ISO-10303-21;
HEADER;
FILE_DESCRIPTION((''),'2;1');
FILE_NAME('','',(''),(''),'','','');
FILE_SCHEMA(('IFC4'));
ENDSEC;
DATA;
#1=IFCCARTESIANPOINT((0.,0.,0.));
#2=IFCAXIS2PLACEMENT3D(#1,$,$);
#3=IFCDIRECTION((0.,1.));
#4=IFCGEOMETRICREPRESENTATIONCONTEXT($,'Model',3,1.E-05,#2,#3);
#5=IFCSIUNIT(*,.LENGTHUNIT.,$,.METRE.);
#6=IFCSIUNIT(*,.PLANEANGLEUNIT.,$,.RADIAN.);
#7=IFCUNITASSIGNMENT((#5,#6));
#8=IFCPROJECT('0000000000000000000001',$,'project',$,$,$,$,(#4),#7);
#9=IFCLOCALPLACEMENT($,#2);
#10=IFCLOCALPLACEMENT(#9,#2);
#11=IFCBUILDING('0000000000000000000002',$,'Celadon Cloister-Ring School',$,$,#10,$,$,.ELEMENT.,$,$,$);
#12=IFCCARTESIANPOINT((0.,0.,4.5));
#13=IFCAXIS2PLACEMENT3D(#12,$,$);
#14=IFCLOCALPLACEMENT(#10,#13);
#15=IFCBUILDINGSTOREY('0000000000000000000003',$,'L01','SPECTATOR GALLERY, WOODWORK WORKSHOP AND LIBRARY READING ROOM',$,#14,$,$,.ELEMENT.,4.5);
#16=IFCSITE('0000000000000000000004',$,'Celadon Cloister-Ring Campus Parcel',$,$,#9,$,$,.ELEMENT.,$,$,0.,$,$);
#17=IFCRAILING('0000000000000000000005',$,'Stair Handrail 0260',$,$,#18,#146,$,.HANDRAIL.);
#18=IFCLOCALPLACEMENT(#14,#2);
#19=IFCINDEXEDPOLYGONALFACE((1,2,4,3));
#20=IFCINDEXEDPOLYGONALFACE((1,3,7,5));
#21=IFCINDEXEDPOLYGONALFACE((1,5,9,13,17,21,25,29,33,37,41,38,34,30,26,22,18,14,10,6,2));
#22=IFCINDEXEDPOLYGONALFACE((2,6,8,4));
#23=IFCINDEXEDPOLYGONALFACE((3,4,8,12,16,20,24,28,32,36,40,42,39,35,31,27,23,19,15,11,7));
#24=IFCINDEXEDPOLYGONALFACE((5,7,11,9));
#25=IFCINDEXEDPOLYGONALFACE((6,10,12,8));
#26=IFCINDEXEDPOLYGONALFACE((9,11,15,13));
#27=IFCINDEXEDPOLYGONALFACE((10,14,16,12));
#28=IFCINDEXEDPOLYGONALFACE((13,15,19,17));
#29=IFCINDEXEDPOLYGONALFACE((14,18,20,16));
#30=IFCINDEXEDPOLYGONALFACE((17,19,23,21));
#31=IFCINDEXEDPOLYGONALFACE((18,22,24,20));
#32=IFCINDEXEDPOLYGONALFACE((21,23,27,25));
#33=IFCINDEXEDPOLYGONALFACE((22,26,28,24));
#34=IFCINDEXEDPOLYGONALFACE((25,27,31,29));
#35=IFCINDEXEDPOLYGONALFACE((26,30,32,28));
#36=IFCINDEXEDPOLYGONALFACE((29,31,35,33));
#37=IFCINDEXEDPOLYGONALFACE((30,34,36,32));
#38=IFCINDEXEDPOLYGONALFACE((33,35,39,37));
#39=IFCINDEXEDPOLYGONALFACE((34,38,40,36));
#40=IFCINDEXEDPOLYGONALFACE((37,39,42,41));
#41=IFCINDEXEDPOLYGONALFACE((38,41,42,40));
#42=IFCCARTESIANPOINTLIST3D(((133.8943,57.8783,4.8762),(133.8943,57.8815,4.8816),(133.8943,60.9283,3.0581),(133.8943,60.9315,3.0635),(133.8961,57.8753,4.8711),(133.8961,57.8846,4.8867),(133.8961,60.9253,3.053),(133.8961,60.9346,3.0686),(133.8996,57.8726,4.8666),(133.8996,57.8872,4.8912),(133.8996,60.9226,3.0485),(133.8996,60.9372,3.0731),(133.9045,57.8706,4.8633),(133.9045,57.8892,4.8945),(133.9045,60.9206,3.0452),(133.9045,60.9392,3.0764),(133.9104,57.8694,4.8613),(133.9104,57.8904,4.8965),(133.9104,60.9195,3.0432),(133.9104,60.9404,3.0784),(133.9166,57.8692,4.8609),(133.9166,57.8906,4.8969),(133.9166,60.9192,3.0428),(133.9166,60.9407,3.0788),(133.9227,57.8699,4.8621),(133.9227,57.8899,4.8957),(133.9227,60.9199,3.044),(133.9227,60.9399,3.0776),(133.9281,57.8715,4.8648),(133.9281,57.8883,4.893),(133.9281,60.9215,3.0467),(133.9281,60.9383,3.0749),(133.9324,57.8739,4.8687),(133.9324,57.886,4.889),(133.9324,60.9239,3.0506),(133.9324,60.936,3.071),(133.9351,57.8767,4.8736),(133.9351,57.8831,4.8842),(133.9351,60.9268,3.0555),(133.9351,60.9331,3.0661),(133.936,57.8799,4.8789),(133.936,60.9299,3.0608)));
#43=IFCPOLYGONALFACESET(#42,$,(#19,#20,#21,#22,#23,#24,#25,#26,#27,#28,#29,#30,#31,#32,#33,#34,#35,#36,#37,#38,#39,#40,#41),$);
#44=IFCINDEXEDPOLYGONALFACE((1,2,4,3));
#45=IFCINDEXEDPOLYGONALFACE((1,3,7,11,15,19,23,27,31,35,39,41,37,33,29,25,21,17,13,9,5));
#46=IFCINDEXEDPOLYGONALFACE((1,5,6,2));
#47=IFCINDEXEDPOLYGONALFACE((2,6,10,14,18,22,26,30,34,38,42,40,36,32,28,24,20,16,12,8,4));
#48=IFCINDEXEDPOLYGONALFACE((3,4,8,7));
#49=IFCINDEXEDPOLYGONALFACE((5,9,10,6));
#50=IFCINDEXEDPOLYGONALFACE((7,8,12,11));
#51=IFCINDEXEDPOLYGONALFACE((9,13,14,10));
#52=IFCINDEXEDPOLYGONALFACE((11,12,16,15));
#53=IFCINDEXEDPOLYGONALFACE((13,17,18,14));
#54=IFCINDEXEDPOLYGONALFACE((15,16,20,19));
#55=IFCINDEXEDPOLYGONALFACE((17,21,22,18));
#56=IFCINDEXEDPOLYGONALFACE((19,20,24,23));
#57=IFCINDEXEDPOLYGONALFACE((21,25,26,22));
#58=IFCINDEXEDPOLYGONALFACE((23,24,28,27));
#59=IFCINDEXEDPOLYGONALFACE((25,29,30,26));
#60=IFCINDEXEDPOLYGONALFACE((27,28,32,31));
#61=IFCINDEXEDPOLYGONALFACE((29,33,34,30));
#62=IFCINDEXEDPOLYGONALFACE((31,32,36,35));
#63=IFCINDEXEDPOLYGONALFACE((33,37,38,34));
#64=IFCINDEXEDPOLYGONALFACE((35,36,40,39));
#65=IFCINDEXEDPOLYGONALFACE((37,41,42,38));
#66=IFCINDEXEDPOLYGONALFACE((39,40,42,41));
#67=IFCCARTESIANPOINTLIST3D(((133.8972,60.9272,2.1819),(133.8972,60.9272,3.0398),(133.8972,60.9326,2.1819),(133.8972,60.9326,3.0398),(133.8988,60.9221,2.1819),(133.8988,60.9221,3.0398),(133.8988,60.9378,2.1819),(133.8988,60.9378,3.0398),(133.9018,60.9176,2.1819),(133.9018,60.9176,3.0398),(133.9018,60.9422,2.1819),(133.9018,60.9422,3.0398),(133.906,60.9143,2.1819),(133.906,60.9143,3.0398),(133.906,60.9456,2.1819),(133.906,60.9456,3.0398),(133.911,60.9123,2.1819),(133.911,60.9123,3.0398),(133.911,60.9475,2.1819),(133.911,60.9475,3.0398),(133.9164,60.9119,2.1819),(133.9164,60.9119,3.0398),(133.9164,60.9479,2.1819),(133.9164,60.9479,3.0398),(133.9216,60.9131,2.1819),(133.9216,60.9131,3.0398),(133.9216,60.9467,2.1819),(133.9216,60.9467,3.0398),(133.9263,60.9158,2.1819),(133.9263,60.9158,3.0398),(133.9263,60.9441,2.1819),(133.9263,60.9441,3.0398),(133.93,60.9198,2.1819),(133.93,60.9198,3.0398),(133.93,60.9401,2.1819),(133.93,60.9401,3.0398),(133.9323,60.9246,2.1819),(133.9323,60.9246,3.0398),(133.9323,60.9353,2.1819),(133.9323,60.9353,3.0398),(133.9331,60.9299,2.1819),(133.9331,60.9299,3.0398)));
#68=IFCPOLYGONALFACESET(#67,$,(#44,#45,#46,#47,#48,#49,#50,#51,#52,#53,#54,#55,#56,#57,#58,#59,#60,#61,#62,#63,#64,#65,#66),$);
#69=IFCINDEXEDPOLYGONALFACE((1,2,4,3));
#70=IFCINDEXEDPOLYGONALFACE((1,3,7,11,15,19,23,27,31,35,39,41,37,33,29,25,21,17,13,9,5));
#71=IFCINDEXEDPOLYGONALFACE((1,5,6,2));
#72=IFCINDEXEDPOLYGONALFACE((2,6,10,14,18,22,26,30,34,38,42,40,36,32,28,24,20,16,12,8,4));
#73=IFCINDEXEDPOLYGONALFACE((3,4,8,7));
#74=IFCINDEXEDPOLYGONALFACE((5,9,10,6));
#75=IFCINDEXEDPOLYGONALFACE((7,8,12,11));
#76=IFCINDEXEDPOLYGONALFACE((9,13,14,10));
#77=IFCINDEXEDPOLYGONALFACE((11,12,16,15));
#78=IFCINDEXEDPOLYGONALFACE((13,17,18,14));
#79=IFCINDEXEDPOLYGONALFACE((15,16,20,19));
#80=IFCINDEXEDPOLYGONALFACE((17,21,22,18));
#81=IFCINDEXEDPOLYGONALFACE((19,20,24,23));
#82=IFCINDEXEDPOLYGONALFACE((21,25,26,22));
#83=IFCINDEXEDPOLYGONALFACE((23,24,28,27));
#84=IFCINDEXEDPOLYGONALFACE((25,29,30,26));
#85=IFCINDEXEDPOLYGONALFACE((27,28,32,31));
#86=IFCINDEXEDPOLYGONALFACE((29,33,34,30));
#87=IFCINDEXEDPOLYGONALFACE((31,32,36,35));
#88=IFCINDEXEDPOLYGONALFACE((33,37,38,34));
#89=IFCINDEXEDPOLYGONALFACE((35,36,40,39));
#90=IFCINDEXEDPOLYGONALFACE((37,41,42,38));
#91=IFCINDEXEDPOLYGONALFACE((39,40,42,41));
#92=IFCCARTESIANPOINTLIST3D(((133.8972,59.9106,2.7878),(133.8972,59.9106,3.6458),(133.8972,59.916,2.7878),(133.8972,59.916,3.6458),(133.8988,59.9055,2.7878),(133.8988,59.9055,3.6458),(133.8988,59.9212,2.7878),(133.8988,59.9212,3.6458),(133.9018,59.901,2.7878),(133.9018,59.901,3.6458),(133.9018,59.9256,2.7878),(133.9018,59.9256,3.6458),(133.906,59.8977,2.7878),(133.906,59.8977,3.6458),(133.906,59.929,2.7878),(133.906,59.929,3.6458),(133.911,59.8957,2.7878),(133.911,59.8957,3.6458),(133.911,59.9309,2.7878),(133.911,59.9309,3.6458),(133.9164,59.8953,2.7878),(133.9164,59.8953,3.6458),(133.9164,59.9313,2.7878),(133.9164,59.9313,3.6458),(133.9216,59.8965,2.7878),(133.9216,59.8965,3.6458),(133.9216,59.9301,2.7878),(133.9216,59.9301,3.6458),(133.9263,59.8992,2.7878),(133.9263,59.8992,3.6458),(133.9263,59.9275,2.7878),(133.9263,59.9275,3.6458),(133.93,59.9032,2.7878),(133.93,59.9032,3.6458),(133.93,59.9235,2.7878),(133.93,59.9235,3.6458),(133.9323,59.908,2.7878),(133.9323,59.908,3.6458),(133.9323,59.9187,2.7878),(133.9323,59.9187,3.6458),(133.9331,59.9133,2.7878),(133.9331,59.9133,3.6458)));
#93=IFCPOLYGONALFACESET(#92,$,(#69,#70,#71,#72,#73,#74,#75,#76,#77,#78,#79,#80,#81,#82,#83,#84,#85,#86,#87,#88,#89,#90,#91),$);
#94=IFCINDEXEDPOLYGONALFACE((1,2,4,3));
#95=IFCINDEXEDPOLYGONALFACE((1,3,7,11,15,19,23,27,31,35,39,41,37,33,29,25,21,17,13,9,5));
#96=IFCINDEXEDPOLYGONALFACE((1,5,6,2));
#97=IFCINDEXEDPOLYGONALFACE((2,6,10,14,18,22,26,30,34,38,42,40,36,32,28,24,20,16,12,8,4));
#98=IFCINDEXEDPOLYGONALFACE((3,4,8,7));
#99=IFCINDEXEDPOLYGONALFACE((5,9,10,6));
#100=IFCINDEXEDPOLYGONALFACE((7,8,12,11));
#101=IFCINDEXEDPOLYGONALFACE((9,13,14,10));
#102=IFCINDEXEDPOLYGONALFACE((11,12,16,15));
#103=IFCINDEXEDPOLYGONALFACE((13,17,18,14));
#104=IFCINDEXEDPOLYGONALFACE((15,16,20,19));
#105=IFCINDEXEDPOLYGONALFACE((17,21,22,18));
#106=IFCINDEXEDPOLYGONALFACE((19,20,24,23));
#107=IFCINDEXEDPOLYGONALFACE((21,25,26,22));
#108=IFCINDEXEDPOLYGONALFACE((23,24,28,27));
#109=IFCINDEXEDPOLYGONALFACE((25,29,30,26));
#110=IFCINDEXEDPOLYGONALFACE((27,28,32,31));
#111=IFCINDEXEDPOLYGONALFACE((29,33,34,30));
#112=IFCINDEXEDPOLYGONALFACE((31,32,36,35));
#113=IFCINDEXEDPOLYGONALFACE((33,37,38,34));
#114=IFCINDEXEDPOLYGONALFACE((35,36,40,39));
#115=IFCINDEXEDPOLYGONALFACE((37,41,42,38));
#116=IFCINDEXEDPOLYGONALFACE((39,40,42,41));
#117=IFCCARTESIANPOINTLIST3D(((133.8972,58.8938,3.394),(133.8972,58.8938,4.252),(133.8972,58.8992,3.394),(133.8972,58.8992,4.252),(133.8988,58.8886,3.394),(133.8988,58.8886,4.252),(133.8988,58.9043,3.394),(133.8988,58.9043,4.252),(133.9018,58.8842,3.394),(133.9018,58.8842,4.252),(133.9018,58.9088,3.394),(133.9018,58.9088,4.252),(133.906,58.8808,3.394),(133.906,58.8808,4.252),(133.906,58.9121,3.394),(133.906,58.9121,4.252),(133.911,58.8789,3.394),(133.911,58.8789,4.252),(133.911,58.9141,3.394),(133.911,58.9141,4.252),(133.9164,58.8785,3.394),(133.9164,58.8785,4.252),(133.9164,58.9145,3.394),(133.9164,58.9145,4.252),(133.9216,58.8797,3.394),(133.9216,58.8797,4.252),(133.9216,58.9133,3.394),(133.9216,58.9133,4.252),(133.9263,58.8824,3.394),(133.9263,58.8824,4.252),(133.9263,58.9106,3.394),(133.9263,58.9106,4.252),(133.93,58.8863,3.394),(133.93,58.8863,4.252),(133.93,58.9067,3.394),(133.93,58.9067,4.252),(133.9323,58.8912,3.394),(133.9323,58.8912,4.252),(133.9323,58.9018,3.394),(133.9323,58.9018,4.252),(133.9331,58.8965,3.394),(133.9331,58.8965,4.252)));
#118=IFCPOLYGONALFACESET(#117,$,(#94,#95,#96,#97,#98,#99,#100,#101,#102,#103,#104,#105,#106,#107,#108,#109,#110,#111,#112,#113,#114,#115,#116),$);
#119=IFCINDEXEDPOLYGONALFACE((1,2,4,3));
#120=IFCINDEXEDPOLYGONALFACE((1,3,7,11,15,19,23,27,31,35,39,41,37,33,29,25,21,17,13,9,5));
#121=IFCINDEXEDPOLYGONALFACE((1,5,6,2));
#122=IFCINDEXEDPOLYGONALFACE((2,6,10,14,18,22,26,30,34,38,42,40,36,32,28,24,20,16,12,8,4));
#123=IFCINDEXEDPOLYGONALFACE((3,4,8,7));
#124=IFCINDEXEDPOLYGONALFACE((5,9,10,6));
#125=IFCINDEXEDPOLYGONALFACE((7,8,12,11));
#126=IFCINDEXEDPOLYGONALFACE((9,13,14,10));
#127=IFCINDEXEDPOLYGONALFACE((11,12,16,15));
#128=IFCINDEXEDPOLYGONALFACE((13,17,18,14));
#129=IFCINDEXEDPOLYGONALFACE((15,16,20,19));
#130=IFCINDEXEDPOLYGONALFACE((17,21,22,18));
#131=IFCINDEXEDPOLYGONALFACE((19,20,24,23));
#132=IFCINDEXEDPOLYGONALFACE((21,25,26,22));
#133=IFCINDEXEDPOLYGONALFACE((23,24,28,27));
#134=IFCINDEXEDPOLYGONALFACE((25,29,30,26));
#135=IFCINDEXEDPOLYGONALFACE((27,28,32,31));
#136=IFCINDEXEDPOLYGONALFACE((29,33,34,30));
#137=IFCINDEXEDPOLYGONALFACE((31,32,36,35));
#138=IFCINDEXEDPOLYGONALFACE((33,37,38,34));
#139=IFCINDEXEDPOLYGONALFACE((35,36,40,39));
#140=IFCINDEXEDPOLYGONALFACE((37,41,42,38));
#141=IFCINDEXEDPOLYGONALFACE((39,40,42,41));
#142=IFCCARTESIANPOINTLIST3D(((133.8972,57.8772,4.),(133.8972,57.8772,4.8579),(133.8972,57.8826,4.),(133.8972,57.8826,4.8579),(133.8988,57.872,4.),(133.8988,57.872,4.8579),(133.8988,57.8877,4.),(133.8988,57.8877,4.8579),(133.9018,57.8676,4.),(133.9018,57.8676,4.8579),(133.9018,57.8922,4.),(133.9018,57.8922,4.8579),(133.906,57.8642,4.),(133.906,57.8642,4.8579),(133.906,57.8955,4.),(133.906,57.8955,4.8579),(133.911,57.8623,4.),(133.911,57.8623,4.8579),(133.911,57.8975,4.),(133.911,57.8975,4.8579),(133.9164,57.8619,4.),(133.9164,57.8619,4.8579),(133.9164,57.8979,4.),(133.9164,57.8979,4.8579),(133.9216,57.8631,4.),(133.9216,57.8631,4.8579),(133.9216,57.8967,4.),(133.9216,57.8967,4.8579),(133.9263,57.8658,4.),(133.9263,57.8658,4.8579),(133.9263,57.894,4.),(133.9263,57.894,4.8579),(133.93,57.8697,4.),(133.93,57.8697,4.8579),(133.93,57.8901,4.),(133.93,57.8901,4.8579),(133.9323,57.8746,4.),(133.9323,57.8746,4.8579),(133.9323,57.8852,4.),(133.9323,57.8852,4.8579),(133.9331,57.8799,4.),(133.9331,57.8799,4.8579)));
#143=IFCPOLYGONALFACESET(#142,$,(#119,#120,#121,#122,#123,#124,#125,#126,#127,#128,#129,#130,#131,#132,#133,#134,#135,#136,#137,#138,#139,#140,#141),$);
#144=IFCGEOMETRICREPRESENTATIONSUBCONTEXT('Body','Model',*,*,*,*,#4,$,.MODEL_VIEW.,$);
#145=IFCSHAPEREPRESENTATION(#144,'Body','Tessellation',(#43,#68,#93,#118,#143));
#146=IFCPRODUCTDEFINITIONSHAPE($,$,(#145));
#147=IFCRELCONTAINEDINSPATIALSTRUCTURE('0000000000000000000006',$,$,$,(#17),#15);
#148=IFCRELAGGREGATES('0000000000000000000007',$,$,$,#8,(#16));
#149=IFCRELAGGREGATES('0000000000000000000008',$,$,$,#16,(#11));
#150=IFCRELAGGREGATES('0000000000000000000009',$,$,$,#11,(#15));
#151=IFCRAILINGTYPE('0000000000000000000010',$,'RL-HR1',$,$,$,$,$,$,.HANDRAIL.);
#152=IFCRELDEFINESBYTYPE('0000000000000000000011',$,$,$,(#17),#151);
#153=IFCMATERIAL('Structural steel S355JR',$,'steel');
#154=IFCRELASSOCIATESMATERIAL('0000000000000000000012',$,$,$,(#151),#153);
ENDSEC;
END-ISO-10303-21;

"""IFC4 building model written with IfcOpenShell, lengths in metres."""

from ifc_helpers import new_model, si_unit, direction, frame, origin, origin_2d, place, context, subcontext, project, spatial, circle, extrude, material, type_object, element, save


model = new_model("IFC4")

# Units and contexts
model_context = context("Model", 3, precision=1e-05, world=origin(), true_north=direction((0.0, 1.0)))
body_context = subcontext(model_context, "Body", "Model", "MODEL_VIEW")
ifc_project = project(units=[si_unit("LENGTHUNIT", "METRE"), si_unit("PLANEANGLEUNIT", "RADIAN")], contexts=[model_context])

# Site, building, storey
site_placement = place(None, origin())
site = spatial("IfcSite", under=ifc_project, at=site_placement, Name="Celadon Cloister-Ring Campus Parcel", CompositionType="ELEMENT", RefElevation=0.0)
building_placement = place(site_placement, origin())
building = spatial("IfcBuilding", under=site, at=building_placement, Name="Celadon Cloister-Ring School", CompositionType="ELEMENT")
storey_placement = place(building_placement, frame((0.0, 0.0, 4.5)))
storey = spatial("IfcBuildingStorey", under=building, at=storey_placement, Name="L01", Description="SPECTATOR GALLERY, WOODWORK WORKSHOP AND LIBRARY READING ROOM", CompositionType="ELEMENT", Elevation=4.5)

# Railing
ifc_material_1 = material(Name="Structural steel S355JR", Category="steel")
railing_type_1 = type_object("IfcRailingType", Name="RL-HR1", PredefinedType="HANDRAIL", material=ifc_material_1)
for number, where, name in (
    (1, (133.915, 60.9299, 2.1819), "Stair Handrail 0260"),
):
    element("IfcRailing", number, at=place(storey_placement, frame(where)), inside=storey, type_object=railing_type_1, Name=name, PredefinedType="HANDRAIL", context=body_context, shape_type="SweptSolid", body=[
        extrude(circle(Radius=0.021, at=origin_2d()), frame((0.0, 0.0, 0.8789), z_axis=(0.0, -0.85897, 0.512026), x_axis=(1.0, 0.0, 0.0)), (0.0, 0.0, 1.0), 3.5508),
        extrude(circle(Radius=0.0181, at=origin_2d()), origin(), (0.0, 0.0, 1.0), 0.8579),
        extrude(circle(Radius=0.0181, at=origin_2d()), frame((0.0, -1.0166, 0.606)), (0.0, 0.0, 1.0), 0.8579),
        extrude(circle(Radius=0.0181, at=origin_2d()), frame((0.0, -2.0334, 1.2122)), (0.0, 0.0, 1.0), 0.8579),
        extrude(circle(Radius=0.0181, at=origin_2d()), frame((0.0, -3.05, 1.8181)), (0.0, 0.0, 1.0), 0.8579),
    ])

save(model, "model.ifc")
